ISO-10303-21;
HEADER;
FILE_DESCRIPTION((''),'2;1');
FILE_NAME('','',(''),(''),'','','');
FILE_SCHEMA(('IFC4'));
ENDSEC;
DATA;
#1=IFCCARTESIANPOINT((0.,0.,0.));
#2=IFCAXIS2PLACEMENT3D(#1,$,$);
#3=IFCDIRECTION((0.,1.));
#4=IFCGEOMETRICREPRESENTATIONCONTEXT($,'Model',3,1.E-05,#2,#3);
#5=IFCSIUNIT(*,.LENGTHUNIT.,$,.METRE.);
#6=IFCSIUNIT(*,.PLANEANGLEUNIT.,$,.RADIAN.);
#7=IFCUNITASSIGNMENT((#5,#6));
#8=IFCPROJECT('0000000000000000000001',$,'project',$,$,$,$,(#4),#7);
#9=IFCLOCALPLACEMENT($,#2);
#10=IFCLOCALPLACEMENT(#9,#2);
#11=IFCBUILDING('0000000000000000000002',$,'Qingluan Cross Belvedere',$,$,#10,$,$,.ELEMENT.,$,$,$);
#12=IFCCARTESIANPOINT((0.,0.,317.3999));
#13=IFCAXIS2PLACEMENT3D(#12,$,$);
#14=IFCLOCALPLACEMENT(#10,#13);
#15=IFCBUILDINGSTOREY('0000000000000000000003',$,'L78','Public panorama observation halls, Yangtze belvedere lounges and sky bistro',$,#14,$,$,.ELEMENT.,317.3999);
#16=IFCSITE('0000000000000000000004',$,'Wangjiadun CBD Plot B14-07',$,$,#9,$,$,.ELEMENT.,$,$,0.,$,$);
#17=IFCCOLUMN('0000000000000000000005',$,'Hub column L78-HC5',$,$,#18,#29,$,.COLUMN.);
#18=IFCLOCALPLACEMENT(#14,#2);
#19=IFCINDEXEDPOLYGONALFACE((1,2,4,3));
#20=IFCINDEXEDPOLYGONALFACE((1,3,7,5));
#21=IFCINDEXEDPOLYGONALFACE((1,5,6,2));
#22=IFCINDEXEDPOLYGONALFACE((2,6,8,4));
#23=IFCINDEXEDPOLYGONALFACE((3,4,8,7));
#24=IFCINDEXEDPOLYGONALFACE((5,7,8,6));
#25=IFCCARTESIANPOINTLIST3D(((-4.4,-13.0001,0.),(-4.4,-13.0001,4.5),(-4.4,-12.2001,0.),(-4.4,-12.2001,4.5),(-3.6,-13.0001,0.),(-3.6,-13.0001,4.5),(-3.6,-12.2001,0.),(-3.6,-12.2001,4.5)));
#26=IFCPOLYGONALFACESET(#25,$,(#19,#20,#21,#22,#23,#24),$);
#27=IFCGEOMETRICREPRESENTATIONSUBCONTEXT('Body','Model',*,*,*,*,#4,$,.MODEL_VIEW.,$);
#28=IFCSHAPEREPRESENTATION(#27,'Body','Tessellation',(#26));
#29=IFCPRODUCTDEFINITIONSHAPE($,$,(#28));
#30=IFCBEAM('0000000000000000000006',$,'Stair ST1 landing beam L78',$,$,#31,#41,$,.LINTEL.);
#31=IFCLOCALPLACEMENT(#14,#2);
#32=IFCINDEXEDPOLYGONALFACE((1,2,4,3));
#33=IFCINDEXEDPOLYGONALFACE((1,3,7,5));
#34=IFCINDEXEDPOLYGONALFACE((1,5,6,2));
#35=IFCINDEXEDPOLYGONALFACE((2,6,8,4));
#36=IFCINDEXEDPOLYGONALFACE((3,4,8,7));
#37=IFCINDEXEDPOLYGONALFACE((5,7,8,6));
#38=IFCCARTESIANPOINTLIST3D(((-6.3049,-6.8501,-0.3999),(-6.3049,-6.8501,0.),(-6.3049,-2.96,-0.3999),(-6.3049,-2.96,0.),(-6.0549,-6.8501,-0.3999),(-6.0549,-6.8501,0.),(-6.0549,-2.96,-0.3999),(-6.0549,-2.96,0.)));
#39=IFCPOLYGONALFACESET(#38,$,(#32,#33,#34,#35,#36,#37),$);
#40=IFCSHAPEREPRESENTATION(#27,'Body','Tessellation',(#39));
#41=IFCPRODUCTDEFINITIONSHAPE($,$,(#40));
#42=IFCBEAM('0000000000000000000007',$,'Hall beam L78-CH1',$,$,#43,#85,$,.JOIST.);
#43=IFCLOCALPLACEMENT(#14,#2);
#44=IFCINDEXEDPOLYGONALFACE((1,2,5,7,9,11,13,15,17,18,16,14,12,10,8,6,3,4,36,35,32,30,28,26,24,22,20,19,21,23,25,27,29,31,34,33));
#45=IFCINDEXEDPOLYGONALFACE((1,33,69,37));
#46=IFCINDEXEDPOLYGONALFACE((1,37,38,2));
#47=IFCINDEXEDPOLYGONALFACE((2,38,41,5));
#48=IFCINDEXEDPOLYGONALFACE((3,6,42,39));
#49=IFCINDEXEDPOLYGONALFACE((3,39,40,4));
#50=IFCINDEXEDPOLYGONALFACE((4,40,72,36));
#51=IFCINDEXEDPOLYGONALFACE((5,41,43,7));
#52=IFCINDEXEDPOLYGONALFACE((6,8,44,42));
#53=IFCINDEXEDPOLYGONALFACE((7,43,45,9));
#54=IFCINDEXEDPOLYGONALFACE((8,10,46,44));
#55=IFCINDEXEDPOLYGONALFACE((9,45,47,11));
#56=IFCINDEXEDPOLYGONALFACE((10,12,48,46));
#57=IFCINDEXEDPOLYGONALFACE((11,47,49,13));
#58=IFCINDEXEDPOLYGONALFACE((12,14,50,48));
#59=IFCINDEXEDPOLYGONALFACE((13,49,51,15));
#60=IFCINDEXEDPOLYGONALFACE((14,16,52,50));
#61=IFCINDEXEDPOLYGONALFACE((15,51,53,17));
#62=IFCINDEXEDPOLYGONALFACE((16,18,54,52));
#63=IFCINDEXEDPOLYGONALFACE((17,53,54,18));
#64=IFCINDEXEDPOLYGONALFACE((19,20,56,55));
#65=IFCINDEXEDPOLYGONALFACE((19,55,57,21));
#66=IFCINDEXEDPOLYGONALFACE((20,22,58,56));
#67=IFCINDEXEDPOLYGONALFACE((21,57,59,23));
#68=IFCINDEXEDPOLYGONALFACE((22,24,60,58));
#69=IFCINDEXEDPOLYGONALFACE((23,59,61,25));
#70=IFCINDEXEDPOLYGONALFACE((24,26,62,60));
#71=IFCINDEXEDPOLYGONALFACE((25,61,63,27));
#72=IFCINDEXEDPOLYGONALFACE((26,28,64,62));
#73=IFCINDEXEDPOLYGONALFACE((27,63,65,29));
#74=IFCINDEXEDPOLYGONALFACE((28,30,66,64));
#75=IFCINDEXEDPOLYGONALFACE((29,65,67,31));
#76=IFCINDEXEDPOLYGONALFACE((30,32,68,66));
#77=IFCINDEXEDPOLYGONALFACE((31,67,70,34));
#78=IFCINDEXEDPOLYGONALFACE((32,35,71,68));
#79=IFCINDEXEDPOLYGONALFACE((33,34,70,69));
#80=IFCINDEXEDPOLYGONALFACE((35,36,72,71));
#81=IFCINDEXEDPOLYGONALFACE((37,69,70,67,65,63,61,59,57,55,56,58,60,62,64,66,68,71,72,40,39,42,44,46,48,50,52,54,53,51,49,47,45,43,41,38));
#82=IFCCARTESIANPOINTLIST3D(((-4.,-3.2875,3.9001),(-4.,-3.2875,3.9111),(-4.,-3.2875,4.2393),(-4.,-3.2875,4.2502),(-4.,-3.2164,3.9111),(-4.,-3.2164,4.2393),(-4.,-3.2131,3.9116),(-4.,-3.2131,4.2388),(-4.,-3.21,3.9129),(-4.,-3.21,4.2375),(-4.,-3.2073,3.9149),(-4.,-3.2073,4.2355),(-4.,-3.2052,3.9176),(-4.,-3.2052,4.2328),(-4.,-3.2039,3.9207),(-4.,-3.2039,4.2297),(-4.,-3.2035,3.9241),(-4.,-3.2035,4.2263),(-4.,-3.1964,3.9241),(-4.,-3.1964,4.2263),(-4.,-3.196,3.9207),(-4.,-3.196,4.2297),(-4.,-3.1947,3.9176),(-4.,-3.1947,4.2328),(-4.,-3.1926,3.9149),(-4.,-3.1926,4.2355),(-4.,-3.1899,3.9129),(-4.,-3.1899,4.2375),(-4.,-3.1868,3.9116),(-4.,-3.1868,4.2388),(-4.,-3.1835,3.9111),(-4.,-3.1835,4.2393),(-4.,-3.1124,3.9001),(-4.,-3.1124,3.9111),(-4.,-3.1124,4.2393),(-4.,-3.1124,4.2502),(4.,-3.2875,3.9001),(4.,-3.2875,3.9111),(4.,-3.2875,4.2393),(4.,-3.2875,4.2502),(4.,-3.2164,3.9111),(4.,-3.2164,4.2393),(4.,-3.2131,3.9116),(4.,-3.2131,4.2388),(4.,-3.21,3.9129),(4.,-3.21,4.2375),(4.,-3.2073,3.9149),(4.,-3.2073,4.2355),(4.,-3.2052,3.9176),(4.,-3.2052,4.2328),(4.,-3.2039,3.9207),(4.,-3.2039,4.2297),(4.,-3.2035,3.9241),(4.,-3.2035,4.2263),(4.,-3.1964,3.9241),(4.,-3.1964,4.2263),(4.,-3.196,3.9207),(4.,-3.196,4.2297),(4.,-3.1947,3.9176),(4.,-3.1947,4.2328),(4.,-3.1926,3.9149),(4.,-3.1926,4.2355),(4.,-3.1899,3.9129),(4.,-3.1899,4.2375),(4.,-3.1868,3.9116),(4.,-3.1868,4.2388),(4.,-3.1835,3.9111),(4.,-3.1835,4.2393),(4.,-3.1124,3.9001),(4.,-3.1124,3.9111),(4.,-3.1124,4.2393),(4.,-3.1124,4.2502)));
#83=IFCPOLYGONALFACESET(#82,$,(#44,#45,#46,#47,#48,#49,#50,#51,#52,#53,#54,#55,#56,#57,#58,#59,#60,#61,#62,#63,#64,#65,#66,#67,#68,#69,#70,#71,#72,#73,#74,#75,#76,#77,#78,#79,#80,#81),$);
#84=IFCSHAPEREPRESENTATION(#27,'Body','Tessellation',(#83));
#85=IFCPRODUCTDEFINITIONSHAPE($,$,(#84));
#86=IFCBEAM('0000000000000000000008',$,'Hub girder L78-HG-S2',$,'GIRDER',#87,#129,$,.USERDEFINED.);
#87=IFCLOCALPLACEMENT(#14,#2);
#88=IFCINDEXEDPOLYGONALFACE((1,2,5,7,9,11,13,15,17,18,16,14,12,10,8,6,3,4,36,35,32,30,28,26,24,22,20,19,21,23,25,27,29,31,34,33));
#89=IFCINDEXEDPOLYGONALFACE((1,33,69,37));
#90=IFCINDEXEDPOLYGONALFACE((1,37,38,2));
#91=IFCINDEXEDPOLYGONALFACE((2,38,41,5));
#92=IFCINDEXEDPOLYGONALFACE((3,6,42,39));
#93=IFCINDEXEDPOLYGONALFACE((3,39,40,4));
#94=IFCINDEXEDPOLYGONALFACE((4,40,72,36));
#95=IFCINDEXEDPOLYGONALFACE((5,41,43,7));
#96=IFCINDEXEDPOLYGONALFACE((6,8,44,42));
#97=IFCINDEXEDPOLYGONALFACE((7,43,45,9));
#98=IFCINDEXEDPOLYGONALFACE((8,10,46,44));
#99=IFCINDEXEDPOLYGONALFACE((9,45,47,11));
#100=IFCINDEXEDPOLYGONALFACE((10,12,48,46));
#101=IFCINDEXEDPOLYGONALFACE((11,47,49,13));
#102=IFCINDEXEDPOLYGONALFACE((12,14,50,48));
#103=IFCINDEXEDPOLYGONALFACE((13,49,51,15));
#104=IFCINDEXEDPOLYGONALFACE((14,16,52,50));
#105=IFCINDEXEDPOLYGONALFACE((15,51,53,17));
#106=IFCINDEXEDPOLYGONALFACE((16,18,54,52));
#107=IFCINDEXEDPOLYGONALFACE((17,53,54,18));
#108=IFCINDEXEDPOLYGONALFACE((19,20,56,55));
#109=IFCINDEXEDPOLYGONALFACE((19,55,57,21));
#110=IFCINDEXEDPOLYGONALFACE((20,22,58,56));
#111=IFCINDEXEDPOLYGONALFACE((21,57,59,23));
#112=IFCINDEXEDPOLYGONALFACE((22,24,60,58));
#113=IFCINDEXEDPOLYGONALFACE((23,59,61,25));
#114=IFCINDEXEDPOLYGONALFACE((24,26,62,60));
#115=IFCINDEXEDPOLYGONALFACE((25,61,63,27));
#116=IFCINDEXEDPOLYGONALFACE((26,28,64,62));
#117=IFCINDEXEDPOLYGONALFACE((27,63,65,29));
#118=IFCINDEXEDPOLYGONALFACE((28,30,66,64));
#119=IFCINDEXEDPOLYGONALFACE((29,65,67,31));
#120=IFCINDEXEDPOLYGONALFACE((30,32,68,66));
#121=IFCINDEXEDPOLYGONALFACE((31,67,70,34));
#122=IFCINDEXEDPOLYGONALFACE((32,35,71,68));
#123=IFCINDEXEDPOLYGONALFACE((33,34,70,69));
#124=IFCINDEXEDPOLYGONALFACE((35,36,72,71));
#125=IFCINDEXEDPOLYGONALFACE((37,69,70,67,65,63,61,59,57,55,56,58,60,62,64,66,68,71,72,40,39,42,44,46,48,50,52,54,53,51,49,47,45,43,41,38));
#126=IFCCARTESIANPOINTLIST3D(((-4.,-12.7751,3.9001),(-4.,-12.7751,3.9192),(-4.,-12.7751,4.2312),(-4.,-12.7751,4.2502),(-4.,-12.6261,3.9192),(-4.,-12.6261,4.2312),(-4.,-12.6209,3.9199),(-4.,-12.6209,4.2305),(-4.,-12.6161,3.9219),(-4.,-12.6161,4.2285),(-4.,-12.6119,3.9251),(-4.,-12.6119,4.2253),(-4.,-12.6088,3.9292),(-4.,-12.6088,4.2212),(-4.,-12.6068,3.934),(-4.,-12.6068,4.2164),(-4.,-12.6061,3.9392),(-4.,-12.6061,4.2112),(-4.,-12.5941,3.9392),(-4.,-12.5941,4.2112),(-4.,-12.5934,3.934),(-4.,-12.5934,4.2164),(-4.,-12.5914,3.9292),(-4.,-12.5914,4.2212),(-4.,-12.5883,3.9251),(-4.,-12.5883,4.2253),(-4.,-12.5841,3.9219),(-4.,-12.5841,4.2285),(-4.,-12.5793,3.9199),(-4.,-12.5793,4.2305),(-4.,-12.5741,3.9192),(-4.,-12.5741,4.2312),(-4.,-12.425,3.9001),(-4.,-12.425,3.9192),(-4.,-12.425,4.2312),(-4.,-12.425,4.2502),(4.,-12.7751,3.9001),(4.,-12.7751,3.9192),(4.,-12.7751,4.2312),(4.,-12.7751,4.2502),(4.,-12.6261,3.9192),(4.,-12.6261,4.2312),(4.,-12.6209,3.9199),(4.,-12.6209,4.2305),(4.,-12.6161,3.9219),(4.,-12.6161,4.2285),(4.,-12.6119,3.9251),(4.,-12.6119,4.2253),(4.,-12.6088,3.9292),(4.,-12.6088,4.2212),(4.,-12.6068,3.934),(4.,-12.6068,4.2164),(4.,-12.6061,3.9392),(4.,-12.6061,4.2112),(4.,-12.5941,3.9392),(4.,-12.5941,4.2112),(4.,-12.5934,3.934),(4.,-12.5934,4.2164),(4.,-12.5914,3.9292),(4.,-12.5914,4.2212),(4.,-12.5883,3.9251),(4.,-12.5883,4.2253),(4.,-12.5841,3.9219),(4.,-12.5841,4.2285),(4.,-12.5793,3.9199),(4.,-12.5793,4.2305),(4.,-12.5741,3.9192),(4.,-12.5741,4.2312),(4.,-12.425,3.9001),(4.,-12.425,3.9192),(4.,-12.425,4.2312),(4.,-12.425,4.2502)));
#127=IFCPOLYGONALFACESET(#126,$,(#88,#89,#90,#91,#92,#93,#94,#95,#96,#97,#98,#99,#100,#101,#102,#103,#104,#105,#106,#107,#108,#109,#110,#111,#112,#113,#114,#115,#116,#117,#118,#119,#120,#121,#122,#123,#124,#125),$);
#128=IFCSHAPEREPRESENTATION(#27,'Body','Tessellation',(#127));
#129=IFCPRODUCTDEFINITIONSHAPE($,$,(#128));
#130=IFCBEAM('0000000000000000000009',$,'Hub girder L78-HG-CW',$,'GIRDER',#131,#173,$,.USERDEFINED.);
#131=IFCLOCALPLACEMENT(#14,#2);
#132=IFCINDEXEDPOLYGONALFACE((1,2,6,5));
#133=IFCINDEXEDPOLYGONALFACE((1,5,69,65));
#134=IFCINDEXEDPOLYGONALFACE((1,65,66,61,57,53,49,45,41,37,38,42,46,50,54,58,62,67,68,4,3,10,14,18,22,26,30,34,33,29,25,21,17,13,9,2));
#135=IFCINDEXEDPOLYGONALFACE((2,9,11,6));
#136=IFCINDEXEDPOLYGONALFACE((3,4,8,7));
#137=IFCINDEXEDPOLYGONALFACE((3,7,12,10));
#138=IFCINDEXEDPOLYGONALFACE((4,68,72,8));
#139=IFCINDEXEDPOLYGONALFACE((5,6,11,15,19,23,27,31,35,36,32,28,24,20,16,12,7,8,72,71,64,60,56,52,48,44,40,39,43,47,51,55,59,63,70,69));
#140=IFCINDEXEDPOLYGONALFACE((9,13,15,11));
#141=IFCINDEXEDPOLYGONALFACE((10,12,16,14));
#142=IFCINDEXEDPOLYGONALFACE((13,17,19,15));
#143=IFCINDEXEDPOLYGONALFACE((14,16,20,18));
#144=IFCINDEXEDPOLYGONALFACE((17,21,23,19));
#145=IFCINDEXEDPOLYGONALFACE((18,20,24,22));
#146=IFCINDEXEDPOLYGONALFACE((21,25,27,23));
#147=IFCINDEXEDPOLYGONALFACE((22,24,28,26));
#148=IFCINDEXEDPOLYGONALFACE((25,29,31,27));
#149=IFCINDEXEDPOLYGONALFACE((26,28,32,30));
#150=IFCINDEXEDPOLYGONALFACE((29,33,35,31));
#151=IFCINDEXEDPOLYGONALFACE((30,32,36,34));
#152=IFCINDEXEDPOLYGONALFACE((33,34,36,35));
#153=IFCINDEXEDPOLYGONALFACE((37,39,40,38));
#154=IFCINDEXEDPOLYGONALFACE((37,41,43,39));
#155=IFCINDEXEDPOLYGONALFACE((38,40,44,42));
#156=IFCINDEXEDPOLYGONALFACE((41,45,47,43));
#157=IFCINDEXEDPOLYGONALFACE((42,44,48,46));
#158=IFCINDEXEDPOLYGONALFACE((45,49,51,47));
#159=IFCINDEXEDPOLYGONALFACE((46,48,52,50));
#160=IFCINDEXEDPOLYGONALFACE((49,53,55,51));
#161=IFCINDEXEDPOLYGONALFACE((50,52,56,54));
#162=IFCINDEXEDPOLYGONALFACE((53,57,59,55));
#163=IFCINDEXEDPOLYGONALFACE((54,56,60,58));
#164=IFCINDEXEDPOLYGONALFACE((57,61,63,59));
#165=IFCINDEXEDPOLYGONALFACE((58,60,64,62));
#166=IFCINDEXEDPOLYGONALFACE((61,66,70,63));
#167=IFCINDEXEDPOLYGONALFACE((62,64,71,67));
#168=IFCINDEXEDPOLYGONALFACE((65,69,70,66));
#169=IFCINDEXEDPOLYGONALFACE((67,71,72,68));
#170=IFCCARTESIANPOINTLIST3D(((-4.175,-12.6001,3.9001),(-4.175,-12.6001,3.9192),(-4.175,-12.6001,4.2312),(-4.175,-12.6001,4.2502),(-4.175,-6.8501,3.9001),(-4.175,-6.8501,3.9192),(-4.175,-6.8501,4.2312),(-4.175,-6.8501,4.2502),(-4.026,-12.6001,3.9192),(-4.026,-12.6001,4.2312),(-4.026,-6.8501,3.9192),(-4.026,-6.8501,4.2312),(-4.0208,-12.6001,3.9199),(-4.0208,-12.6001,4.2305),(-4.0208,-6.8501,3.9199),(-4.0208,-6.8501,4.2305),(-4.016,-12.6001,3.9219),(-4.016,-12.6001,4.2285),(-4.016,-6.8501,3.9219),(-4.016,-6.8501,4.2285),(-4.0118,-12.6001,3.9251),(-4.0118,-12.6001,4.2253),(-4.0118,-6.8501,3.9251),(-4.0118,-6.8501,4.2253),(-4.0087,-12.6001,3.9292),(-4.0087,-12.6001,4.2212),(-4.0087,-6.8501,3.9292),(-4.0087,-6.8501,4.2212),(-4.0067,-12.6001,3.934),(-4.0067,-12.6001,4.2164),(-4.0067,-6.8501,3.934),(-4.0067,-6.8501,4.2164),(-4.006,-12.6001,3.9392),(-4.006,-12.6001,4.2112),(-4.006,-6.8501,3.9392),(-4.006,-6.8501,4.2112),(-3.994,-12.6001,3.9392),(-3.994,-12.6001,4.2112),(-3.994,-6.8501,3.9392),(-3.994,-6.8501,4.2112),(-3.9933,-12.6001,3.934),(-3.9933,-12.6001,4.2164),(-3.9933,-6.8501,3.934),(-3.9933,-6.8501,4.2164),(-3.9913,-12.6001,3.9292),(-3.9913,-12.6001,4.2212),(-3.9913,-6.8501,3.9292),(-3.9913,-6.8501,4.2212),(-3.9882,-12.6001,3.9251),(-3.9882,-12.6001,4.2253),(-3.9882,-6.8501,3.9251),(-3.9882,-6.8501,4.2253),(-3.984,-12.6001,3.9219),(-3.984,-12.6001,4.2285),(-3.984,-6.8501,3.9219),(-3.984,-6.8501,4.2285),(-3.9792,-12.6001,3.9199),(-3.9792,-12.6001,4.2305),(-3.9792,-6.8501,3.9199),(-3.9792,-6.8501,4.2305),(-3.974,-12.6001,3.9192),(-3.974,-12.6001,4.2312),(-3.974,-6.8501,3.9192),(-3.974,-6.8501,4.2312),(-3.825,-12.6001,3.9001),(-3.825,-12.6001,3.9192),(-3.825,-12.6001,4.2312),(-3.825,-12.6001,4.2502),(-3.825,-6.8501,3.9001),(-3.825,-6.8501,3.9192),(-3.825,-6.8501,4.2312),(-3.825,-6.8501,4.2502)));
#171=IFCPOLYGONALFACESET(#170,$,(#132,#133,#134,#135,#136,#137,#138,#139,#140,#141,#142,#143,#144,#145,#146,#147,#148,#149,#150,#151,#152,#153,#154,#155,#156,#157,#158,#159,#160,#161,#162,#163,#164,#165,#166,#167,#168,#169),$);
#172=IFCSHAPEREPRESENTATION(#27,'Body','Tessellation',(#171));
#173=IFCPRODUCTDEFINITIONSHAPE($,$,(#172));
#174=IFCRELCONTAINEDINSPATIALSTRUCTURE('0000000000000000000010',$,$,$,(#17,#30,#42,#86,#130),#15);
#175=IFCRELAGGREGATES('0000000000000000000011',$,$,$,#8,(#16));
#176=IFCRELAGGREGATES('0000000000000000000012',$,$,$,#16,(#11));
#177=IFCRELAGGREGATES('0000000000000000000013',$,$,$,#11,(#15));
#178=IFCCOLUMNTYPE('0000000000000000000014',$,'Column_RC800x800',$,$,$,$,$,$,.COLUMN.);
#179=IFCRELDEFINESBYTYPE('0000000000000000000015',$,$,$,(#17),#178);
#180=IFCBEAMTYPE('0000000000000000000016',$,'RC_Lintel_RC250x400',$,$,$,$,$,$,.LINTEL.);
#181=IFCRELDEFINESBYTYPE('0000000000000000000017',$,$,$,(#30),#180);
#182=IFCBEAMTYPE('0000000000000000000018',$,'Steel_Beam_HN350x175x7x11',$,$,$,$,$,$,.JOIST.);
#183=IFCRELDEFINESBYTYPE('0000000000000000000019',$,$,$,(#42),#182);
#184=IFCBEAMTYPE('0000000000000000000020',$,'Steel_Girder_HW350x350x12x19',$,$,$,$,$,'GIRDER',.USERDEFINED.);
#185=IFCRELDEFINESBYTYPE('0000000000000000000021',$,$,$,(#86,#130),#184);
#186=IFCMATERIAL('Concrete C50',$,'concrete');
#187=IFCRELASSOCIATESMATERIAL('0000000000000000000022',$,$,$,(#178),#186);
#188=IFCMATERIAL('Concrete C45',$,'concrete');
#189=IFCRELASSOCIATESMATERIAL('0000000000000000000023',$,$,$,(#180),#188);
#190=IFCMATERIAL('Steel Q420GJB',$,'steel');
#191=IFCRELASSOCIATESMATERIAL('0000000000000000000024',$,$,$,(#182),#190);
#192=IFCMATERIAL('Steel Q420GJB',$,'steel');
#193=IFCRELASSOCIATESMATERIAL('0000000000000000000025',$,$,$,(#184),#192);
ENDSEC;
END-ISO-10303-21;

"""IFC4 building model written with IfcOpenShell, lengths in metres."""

from ifc_helpers import new_model, si_unit, direction, frame, origin, origin_2d, place, context, subcontext, project, spatial, rectangle, i_section, extrude, material, material_profile, profile_set, type_object, element, save


model = new_model("IFC4")

# Units and contexts
model_context = context("Model", 3, precision=1e-05, world=origin(), true_north=direction((0.0, 1.0)))
body_context = subcontext(model_context, "Body", "Model", "MODEL_VIEW")
ifc_project = project(units=[si_unit("LENGTHUNIT", "METRE"), si_unit("PLANEANGLEUNIT", "RADIAN")], contexts=[model_context])

# Site, building, storey
site_placement = place(None, origin())
site = spatial("IfcSite", under=ifc_project, at=site_placement, Name="Wangjiadun CBD Plot B14-07", CompositionType="ELEMENT", RefElevation=0.0)
building_placement = place(site_placement, origin())
building = spatial("IfcBuilding", under=site, at=building_placement, Name="Qingluan Cross Belvedere", CompositionType="ELEMENT")
storey_placement = place(building_placement, frame((0.0, 0.0, 317.3999)))
storey = spatial("IfcBuildingStorey", under=building, at=storey_placement, Name="L78", Description="Public panorama observation halls, Yangtze belvedere lounges and sky bistro", CompositionType="ELEMENT", Elevation=317.3999)

# Column
ifc_material_1 = material(Name="Concrete C50", Category="concrete")
ifc_material_profile_1 = material_profile(ifc_material_1, rectangle(XDim=0.8, YDim=0.8, at=origin_2d()), Name="RC800x800")
ifc_profile_set_1 = profile_set([ifc_material_profile_1], Name="Concrete C50")
column_type = type_object("IfcColumnType", Name="Column_RC800x800", PredefinedType="COLUMN", material=ifc_profile_set_1)
column_placement = place(storey_placement, frame((-4.0, -12.6001, 0.0), z_axis=(0.0, 0.0, 1.0), x_axis=(1.0, 0.0, 0.0)))
element("IfcColumn", 1, at=column_placement, inside=storey, type_object=column_type, Name="Hub column L78-HC5", PredefinedType="COLUMN", context=body_context, shape_type="SweptSolid", body=[
    extrude(rectangle(XDim=0.8, YDim=0.8, at=origin_2d()), origin(), (0.0, 0.0, 1.0), 4.5),
])

# Beams
ifc_material_2 = material(Name="Concrete C45", Category="concrete")
ifc_material_profile_2 = material_profile(ifc_material_2, rectangle(XDim=0.25, YDim=0.3999, at=origin_2d()), Name="RC250x400")
ifc_profile_set_2 = profile_set([ifc_material_profile_2], Name="Concrete C45")
beam_type_1 = type_object("IfcBeamType", Name="RC_Lintel_RC250x400", PredefinedType="LINTEL", material=ifc_profile_set_2)
beam_1_placement = place(storey_placement, frame((-6.1799, -6.8501, -0.2), z_axis=(0.0, 1.0, 0.0), x_axis=(-1.0, 0.0, 0.0)))
element("IfcBeam", 2, at=beam_1_placement, inside=storey, type_object=beam_type_1, Name="Stair ST1 landing beam L78", PredefinedType="LINTEL", context=body_context, shape_type="SweptSolid", body=[
    extrude(rectangle(XDim=0.25, YDim=0.3999, at=origin_2d()), origin(), (0.0, 0.0, 1.0), 3.8901),
])
ifc_material_3 = material(Name="Steel Q420GJB", Category="steel")
ifc_material_profile_3 = material_profile(ifc_material_3, i_section(OverallWidth=0.175, OverallDepth=0.3501, WebThickness=0.0071, FlangeThickness=0.011, FilletRadius=0.0129, at=origin_2d()), Name="HN350x175x7x11")
ifc_profile_set_3 = profile_set([ifc_material_profile_3], Name="Steel Q420GJB")
beam_type_2 = type_object("IfcBeamType", Name="Steel_Beam_HN350x175x7x11", PredefinedType="JOIST", material=ifc_profile_set_3)
beam_2_placement = place(storey_placement, frame((-4.0, -3.2, 4.0752), z_axis=(1.0, 0.0, 0.0), x_axis=(0.0, 1.0, 0.0)))
element("IfcBeam", 3, at=beam_2_placement, inside=storey, type_object=beam_type_2, Name="Hall beam L78-CH1", PredefinedType="JOIST", context=body_context, shape_type="SweptSolid", body=[
    extrude(i_section(OverallWidth=0.175, OverallDepth=0.3501, WebThickness=0.0071, FlangeThickness=0.011, FilletRadius=0.0129, at=origin_2d()), origin(), (0.0, 0.0, 1.0), 8.0),
])
ifc_material_4 = material(Name="Steel Q420GJB", Category="steel")
ifc_material_profile_4 = material_profile(ifc_material_4, i_section(OverallWidth=0.3501, OverallDepth=0.3501, WebThickness=0.012, FlangeThickness=0.019, FilletRadius=0.02, at=origin_2d()), Name="HW350x350x12x19")
ifc_profile_set_4 = profile_set([ifc_material_profile_4], Name="Steel Q420GJB")
beam_type_3 = type_object("IfcBeamType", Name="Steel_Girder_HW350x350x12x19", ElementType="GIRDER", PredefinedType="USERDEFINED", material=ifc_profile_set_4)
beam_3_placement = place(storey_placement, frame((-4.0, -12.6001, 4.0752), z_axis=(1.0, 0.0, 0.0), x_axis=(0.0, 1.0, 0.0)))
element("IfcBeam", 4, at=beam_3_placement, inside=storey, type_object=beam_type_3, Name="Hub girder L78-HG-S2", ObjectType="GIRDER", PredefinedType="USERDEFINED", context=body_context, shape_type="SweptSolid", body=[
    extrude(i_section(OverallWidth=0.3501, OverallDepth=0.3501, WebThickness=0.012, FlangeThickness=0.019, FilletRadius=0.02, at=origin_2d()), origin(), (0.0, 0.0, 1.0), 8.0),
])
beam_4_placement = place(storey_placement, frame((-4.0, -12.6001, 4.0752), z_axis=(0.0, 1.0, 0.0), x_axis=(-1.0, 0.0, 0.0)))
element("IfcBeam", 5, at=beam_4_placement, inside=storey, type_object=beam_type_3, Name="Hub girder L78-HG-CW", ObjectType="GIRDER", PredefinedType="USERDEFINED", context=body_context, shape_type="SweptSolid", body=[
    extrude(i_section(OverallWidth=0.3501, OverallDepth=0.3501, WebThickness=0.012, FlangeThickness=0.019, FilletRadius=0.02, at=origin_2d()), origin(), (0.0, 0.0, 1.0), 5.75),
])

save(model, "model.ifc")
